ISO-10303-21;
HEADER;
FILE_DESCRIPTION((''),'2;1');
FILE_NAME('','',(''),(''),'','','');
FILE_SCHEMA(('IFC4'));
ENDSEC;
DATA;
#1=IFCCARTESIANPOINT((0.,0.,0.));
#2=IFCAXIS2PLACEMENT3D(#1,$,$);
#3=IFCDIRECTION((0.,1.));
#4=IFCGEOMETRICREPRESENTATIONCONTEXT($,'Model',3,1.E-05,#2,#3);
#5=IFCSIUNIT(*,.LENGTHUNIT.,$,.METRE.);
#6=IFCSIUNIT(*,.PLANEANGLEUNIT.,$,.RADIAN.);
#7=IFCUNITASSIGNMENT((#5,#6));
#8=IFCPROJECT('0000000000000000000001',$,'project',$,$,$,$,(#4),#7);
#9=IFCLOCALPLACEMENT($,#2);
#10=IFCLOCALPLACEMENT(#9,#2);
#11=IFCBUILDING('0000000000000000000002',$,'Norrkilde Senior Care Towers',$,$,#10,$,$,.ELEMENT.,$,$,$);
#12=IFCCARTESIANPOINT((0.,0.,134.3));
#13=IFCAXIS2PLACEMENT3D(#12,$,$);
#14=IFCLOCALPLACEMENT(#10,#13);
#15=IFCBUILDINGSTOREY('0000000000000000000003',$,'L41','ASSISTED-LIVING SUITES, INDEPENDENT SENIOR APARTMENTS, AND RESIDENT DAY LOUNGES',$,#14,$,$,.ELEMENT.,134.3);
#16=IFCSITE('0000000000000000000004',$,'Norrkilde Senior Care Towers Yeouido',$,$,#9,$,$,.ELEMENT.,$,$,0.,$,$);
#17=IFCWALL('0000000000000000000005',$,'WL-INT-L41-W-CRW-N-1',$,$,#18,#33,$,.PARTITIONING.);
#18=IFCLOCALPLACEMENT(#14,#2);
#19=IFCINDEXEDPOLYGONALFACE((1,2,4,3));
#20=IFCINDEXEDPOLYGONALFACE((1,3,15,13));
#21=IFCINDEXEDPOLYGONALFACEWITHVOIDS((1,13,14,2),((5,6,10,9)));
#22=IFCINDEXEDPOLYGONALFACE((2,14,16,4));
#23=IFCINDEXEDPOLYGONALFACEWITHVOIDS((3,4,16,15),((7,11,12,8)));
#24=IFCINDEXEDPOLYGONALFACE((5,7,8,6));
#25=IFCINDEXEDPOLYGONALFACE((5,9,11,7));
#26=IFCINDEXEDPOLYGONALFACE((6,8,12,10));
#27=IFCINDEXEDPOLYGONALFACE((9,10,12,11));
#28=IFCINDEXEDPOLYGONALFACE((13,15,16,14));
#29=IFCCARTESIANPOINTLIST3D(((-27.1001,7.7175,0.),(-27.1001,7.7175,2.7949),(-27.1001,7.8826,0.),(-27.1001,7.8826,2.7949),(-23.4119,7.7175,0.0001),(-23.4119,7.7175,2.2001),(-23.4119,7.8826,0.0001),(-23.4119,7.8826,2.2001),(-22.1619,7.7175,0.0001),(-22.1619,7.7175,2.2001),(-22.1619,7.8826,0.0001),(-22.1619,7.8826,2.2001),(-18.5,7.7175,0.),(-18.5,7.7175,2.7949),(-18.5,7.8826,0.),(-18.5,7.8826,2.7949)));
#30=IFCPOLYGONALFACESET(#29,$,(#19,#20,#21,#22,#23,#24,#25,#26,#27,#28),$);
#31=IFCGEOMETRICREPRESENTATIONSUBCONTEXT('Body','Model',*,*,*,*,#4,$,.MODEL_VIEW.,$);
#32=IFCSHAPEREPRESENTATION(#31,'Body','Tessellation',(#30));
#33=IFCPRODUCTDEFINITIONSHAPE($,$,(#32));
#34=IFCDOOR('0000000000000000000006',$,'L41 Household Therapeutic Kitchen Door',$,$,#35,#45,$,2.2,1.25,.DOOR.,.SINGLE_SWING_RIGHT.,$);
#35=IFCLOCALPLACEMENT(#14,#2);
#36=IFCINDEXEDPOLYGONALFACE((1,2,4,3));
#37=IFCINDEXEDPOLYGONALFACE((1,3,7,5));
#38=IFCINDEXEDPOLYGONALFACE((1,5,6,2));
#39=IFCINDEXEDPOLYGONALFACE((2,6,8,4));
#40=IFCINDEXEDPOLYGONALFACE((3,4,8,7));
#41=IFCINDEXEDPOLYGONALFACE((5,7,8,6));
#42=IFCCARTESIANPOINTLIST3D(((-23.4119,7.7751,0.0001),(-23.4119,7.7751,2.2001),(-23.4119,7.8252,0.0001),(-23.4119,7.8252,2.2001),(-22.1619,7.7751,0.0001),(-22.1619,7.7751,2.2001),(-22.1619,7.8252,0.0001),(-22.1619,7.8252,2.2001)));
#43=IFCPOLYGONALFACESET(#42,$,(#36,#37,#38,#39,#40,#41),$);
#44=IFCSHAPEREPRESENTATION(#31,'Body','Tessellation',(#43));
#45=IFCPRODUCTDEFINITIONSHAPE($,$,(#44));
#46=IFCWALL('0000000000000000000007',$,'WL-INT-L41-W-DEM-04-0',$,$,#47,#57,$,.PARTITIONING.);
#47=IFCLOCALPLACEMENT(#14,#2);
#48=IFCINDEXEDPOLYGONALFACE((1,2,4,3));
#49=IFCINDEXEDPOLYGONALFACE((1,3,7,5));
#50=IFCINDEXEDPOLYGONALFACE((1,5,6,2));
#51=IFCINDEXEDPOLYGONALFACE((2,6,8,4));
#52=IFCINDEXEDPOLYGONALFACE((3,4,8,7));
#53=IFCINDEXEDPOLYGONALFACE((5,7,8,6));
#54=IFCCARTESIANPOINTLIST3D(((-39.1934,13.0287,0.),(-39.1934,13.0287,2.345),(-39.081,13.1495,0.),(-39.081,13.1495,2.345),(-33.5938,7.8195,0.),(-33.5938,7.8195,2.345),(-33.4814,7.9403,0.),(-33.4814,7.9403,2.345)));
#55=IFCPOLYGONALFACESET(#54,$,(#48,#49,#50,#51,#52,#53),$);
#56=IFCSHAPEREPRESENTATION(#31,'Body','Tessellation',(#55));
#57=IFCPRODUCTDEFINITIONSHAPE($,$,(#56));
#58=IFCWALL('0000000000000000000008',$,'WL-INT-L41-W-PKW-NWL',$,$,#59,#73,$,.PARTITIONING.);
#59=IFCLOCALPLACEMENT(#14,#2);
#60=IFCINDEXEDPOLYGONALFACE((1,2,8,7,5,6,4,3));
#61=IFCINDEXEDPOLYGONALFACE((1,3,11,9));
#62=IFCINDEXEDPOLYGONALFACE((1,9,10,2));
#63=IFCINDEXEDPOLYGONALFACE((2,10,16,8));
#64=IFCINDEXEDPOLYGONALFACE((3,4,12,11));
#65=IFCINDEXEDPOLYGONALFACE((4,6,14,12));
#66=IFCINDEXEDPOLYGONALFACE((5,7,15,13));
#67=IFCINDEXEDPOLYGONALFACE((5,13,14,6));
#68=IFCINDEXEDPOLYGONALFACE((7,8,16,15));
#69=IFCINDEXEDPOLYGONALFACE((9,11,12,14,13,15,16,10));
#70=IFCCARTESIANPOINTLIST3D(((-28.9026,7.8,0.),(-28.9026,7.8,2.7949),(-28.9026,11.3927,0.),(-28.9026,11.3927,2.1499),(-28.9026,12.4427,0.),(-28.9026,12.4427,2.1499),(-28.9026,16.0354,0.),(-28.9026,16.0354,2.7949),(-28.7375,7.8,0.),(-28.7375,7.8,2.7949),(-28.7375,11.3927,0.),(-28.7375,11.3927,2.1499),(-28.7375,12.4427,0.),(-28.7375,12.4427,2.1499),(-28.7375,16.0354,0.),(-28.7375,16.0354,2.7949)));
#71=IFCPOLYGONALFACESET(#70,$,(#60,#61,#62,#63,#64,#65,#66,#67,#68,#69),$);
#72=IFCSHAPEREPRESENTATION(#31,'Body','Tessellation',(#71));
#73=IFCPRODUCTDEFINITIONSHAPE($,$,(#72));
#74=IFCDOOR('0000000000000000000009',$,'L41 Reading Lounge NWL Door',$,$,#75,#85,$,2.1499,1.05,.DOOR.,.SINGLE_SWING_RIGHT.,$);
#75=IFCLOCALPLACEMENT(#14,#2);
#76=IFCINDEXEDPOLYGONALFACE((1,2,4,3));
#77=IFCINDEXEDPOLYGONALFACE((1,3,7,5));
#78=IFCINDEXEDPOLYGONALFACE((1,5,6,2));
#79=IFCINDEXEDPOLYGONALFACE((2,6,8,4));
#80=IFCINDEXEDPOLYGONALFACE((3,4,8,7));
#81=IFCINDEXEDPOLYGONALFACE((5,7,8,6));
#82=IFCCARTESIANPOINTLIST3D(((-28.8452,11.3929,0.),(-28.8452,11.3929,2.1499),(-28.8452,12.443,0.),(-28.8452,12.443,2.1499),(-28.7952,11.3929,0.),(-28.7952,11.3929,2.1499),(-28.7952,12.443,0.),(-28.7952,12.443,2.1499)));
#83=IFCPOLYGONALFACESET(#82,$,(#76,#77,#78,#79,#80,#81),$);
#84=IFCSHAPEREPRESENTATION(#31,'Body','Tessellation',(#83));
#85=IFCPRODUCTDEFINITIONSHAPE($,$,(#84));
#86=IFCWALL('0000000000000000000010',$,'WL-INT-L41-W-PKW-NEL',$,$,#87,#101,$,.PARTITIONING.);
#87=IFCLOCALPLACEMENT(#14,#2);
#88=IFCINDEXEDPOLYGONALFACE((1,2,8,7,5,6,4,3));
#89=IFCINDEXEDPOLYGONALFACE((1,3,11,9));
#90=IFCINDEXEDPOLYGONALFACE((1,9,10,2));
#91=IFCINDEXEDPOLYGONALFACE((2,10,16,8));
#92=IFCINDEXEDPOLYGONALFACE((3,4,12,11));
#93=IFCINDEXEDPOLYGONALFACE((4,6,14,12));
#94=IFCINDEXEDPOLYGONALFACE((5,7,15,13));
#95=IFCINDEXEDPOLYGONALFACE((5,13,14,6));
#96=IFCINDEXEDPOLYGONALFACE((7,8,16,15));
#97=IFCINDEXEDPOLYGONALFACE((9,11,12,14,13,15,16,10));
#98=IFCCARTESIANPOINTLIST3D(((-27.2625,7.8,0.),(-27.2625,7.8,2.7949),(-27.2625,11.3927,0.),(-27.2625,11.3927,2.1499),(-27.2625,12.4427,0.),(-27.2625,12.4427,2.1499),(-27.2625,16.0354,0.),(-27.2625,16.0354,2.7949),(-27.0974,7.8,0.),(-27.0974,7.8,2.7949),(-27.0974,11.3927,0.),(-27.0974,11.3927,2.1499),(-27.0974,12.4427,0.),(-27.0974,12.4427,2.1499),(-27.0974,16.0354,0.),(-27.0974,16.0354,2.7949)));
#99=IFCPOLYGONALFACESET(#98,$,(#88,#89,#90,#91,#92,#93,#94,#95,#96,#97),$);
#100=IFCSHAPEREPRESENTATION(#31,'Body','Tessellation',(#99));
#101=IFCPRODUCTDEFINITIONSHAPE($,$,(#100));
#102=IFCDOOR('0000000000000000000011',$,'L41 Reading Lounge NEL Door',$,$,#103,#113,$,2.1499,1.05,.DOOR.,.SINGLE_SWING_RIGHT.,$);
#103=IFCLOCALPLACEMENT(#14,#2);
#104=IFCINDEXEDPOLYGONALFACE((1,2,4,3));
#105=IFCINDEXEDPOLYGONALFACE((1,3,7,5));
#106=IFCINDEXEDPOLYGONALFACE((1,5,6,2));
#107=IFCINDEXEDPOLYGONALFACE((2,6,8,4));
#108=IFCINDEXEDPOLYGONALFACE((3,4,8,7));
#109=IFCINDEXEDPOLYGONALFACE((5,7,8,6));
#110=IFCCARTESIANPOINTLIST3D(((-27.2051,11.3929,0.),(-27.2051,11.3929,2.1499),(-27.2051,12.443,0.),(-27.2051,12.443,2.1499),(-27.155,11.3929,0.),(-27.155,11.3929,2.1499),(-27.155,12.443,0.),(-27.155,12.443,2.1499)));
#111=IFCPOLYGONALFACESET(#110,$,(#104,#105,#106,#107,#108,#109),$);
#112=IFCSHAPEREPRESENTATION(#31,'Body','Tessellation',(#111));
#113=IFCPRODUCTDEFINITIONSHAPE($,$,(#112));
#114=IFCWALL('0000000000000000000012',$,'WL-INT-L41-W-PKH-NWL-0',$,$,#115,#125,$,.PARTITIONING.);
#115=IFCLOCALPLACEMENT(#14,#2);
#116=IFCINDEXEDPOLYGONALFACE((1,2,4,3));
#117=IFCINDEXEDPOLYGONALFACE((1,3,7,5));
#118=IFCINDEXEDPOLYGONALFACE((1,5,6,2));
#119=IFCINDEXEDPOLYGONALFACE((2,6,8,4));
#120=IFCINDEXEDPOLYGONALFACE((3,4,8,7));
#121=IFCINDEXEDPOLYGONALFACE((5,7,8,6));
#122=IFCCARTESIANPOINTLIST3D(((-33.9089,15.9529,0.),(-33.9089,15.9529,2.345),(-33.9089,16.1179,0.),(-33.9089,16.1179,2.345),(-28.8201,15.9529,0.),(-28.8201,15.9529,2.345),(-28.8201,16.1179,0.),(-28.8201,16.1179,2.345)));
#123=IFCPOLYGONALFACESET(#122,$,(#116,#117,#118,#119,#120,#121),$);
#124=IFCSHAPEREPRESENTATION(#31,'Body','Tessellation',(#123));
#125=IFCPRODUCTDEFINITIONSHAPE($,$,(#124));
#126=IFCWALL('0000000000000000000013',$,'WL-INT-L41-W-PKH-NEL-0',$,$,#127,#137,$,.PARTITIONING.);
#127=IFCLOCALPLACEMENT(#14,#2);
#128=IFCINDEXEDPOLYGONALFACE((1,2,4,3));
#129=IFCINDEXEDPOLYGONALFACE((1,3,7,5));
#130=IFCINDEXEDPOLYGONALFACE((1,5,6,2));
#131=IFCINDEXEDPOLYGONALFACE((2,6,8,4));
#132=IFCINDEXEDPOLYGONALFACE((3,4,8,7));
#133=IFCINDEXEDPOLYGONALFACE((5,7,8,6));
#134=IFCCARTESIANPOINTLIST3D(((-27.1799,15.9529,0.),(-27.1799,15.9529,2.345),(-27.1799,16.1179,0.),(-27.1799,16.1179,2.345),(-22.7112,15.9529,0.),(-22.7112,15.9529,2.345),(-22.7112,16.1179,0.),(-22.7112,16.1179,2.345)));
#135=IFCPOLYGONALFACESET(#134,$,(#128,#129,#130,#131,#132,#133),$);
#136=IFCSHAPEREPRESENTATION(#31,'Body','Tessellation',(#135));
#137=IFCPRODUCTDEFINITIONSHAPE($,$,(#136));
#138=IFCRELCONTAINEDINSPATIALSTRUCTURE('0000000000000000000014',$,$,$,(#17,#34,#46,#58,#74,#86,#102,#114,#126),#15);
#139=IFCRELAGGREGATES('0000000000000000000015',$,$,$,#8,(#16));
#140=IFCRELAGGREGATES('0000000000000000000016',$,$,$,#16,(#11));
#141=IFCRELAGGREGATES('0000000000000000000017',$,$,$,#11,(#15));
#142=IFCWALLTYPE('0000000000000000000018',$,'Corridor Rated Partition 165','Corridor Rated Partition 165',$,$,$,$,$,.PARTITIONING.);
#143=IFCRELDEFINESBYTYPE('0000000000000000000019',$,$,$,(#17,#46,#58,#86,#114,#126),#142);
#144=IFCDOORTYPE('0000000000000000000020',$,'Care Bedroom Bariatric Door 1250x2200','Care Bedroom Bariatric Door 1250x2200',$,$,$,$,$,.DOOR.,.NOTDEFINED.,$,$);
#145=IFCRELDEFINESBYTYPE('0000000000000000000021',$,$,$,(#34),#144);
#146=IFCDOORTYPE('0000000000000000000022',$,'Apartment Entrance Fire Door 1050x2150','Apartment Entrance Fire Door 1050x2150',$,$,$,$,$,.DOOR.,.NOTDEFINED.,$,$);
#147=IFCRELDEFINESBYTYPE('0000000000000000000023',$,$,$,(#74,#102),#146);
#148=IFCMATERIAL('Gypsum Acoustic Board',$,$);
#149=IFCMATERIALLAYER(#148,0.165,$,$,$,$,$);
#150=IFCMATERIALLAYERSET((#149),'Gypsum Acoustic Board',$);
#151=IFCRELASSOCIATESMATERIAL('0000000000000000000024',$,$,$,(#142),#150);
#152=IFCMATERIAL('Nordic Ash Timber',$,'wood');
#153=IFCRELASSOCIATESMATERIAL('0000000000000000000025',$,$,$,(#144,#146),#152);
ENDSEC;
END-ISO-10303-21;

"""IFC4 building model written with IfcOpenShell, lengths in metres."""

from ifc_helpers import new_model, si_unit, direction, frame, frame_2d, origin, place, context, subcontext, project, spatial, rectangle, extrude, source, transform, mapped, material, layer, layer_set, type_object, type_shapes, element, fill, save


model = new_model("IFC4")

# Units and contexts
model_context = context("Model", 3, precision=1e-05, world=origin(), true_north=direction((0.0, 1.0)))
body_context = subcontext(model_context, "Body", "Model", "MODEL_VIEW")
ifc_project = project(units=[si_unit("LENGTHUNIT", "METRE"), si_unit("PLANEANGLEUNIT", "RADIAN")], contexts=[model_context])

# Site, building, storey
site_placement = place(None, origin())
site = spatial("IfcSite", under=ifc_project, at=site_placement, Name="Norrkilde Senior Care Towers Yeouido", CompositionType="ELEMENT", RefElevation=0.0)
building_placement = place(site_placement, origin())
building = spatial("IfcBuilding", under=site, at=building_placement, Name="Norrkilde Senior Care Towers", CompositionType="ELEMENT")
storey_placement = place(building_placement, frame((0.0, 0.0, 134.3)))
storey = spatial("IfcBuildingStorey", under=building, at=storey_placement, Name="L41", Description="ASSISTED-LIVING SUITES, INDEPENDENT SENIOR APARTMENTS, AND RESIDENT DAY LOUNGES", CompositionType="ELEMENT", Elevation=134.3)

# Wall, opening, door
ifc_material_1 = material(Name="Gypsum Acoustic Board")
ifc_layer_1 = layer(ifc_material_1, 0.165)
ifc_layer_set_1 = layer_set([ifc_layer_1], Name="Gypsum Acoustic Board")
wall_type = type_object("IfcWallType", Name="Corridor Rated Partition 165", Description="Corridor Rated Partition 165", PredefinedType="PARTITIONING", material=ifc_layer_set_1)
shared_shape_1 = source(origin(), body_context, "Body", "SweptSolid", [
    extrude(rectangle(XDim=8.6001, YDim=0.165, at=frame_2d((4.3, 0.0))), origin(), (0.0, 0.0, 1.0), 2.7949),
])
ifc_material_2 = material(Name="Nordic Ash Timber", Category="wood")
door_type_1 = type_object("IfcDoorType", Name="Care Bedroom Bariatric Door 1250x2200", Description="Care Bedroom Bariatric Door 1250x2200", OperationType="NOTDEFINED", PredefinedType="DOOR", material=ifc_material_2)
shared_shape_2 = source(origin(), body_context, "Body", "SweptSolid", [
    extrude(rectangle(XDim=1.25, YDim=2.2, at=frame_2d((0.625, 1.1001))), frame((0.0, 0.0249, 0.0), z_axis=(0.0, -1.0, 0.0), x_axis=(1.0, 0.0, 0.0)), (0.0, 0.0, 1.0), 0.05),
])
type_shapes(door_type_1, [shared_shape_2])
wall_1_placement = place(storey_placement, frame((-27.1001, 7.8, 0.0), z_axis=(0.0, 0.0, 1.0), x_axis=(1.0, 0.0, 0.0)))
wall_1 = element("IfcWall", 1, at=wall_1_placement, inside=storey, type_object=wall_type, Name="WL-INT-L41-W-CRW-N-1", PredefinedType="PARTITIONING", context=body_context, shape_type="MappedRepresentation", body=[
    mapped(shared_shape_1, transform((0.0, 0.0, 0.0), x_axis=(1.0, 0.0, 0.0), y_axis=(0.0, 1.0, 0.0), z_axis=(0.0, 0.0, 1.0), scale=1.0)),
])
opening_1_placement = place(wall_1_placement, frame((3.6882, 0.0, 0.0)))
opening_1 = element("IfcOpeningElement", 2, at=opening_1_placement, cuts=wall_1, PredefinedType="OPENING", context=body_context, shape_type="SweptSolid", body=[
    extrude(rectangle(XDim=1.25, YDim=2.2, at=frame_2d((0.625, 1.1001))), frame((0.0, 0.0925, 0.0), z_axis=(0.0, -1.0, 0.0), x_axis=(1.0, 0.0, 0.0)), (0.0, 0.0, 1.0), 0.1851),
])
door_1_placement = place(opening_1_placement, frame((1.25, 0.0, 0.0), z_axis=(0.0, 0.0, 1.0), x_axis=(-1.0, 0.0, 0.0)))
door_1 = element("IfcDoor", 3, at=door_1_placement, inside=storey, type_object=door_type_1, Name="L41 Household Therapeutic Kitchen Door", OperationType="SINGLE_SWING_RIGHT", OverallHeight=2.2, OverallWidth=1.25, PredefinedType="DOOR", context=body_context, shape_type="MappedRepresentation", body=[
    mapped(shared_shape_2, transform((0.0, 0.0, 0.0), x_axis=(1.0, 0.0, 0.0), y_axis=(0.0, 1.0, 0.0), z_axis=(0.0, 0.0, 1.0), scale=1.0)),
])
fill(opening_1, door_1)

# Wall
shared_shape_3 = source(origin(), body_context, "Body", "SweptSolid", [
    extrude(rectangle(XDim=7.6479, YDim=0.165, at=frame_2d((3.824, 0.0))), origin(), (0.0, 0.0, 1.0), 2.345),
])
wall_2_placement = place(storey_placement, frame((-33.5376, 7.8799, 0.0), z_axis=(0.0, 0.0, 1.0), x_axis=(-0.732168, 0.681124, 0.0)))
element("IfcWall", 4, at=wall_2_placement, inside=storey, type_object=wall_type, Name="WL-INT-L41-W-DEM-04-0", PredefinedType="PARTITIONING", context=body_context, shape_type="MappedRepresentation", body=[
    mapped(shared_shape_3, transform((0.0, 0.0, 0.0), x_axis=(1.0, 0.0, 0.0), y_axis=(0.0, 1.0, 0.0), z_axis=(0.0, 0.0, 1.0), scale=1.0)),
])

# Walls, openings, doors
shared_shape_4 = source(origin(), body_context, "Body", "SweptSolid", [
    extrude(rectangle(XDim=8.2354, YDim=0.165, at=frame_2d((4.1177, 0.0))), origin(), (0.0, 0.0, 1.0), 2.7949),
])
wall_3_placement = place(storey_placement, frame((-28.8201, 7.8, 0.0), z_axis=(0.0, 0.0, 1.0), x_axis=(0.0, 1.0, 0.0)))
wall_3 = element("IfcWall", 5, at=wall_3_placement, inside=storey, type_object=wall_type, Name="WL-INT-L41-W-PKW-NWL", PredefinedType="PARTITIONING", context=body_context, shape_type="MappedRepresentation", body=[
    mapped(shared_shape_4, transform((0.0, 0.0, 0.0), x_axis=(1.0, 0.0, 0.0), y_axis=(0.0, 1.0, 0.0), z_axis=(0.0, 0.0, 1.0), scale=1.0)),
])
opening_2_placement = place(wall_3_placement, frame((3.5928, 0.0, 0.0)))
opening_2 = element("IfcOpeningElement", 6, at=opening_2_placement, cuts=wall_3, PredefinedType="OPENING", context=body_context, shape_type="SweptSolid", body=[
    extrude(rectangle(XDim=1.05, YDim=2.1499, at=frame_2d((0.5249, 1.075))), frame((0.0, 0.0925, 0.0), z_axis=(0.0, -1.0, 0.0), x_axis=(1.0, 0.0, 0.0)), (0.0, 0.0, 1.0), 0.1851),
])
door_type_2 = type_object("IfcDoorType", Name="Apartment Entrance Fire Door 1050x2150", Description="Apartment Entrance Fire Door 1050x2150", OperationType="NOTDEFINED", PredefinedType="DOOR", material=ifc_material_2)
shared_shape_5 = source(origin(), body_context, "Body", "SweptSolid", [
    extrude(rectangle(XDim=1.05, YDim=2.1499, at=frame_2d((0.5249, 1.075))), frame((0.0, 0.0249, 0.0), z_axis=(0.0, -1.0, 0.0), x_axis=(1.0, 0.0, 0.0)), (0.0, 0.0, 1.0), 0.05),
])
type_shapes(door_type_2, [shared_shape_5])
door_2_placement = place(opening_2_placement, frame((1.05, 0.0, 0.0), z_axis=(0.0, 0.0, 1.0), x_axis=(-1.0, 0.0, 0.0)))
door_2 = element("IfcDoor", 7, at=door_2_placement, inside=storey, type_object=door_type_2, Name="L41 Reading Lounge NWL Door", OperationType="SINGLE_SWING_RIGHT", OverallHeight=2.1499, OverallWidth=1.05, PredefinedType="DOOR", context=body_context, shape_type="MappedRepresentation", body=[
    mapped(shared_shape_5, transform((0.0, 0.0, 0.0), x_axis=(1.0, 0.0, 0.0), y_axis=(0.0, 1.0, 0.0), z_axis=(0.0, 0.0, 1.0), scale=1.0)),
])
fill(opening_2, door_2)
wall_4_placement = place(storey_placement, frame((-27.1799, 7.8, 0.0), z_axis=(0.0, 0.0, 1.0), x_axis=(0.0, 1.0, 0.0)))
wall_4 = element("IfcWall", 8, at=wall_4_placement, inside=storey, type_object=wall_type, Name="WL-INT-L41-W-PKW-NEL", PredefinedType="PARTITIONING", context=body_context, shape_type="MappedRepresentation", body=[
    mapped(shared_shape_4, transform((0.0, 0.0, 0.0), x_axis=(1.0, 0.0, 0.0), y_axis=(0.0, 1.0, 0.0), z_axis=(0.0, 0.0, 1.0), scale=1.0)),
])
opening_3_placement = place(wall_4_placement, frame((3.5928, 0.0, 0.0)))
opening_3 = element("IfcOpeningElement", 9, at=opening_3_placement, cuts=wall_4, PredefinedType="OPENING", context=body_context, shape_type="SweptSolid", body=[
    extrude(rectangle(XDim=1.05, YDim=2.1499, at=frame_2d((0.5249, 1.075))), frame((0.0, 0.0925, 0.0), z_axis=(0.0, -1.0, 0.0), x_axis=(1.0, 0.0, 0.0)), (0.0, 0.0, 1.0), 0.1851),
])
door_3_placement = place(opening_3_placement, frame((1.05, 0.0, 0.0), z_axis=(0.0, 0.0, 1.0), x_axis=(-1.0, 0.0, 0.0)))
door_3 = element("IfcDoor", 10, at=door_3_placement, inside=storey, type_object=door_type_2, Name="L41 Reading Lounge NEL Door", OperationType="SINGLE_SWING_RIGHT", OverallHeight=2.1499, OverallWidth=1.05, PredefinedType="DOOR", context=body_context, shape_type="MappedRepresentation", body=[
    mapped(shared_shape_5, transform((0.0, 0.0, 0.0), x_axis=(1.0, 0.0, 0.0), y_axis=(0.0, 1.0, 0.0), z_axis=(0.0, 0.0, 1.0), scale=1.0)),
])
fill(opening_3, door_3)

# Walls
shared_shape_6 = source(origin(), body_context, "Body", "SweptSolid", [
    extrude(rectangle(XDim=5.0889, YDim=0.165, at=frame_2d((2.5444, 0.0))), origin(), (0.0, 0.0, 1.0), 2.345),
])
wall_5_placement = place(storey_placement, frame((-33.9089, 16.0354, 0.0), z_axis=(0.0, 0.0, 1.0), x_axis=(1.0, 0.0, 0.0)))
element("IfcWall", 11, at=wall_5_placement, inside=storey, type_object=wall_type, Name="WL-INT-L41-W-PKH-NWL-0", PredefinedType="PARTITIONING", context=body_context, shape_type="MappedRepresentation", body=[
    mapped(shared_shape_6, transform((0.0, 0.0, 0.0), x_axis=(1.0, 0.0, 0.0), y_axis=(0.0, 1.0, 0.0), z_axis=(0.0, 0.0, 1.0), scale=1.0)),
])
shared_shape_7 = source(origin(), body_context, "Body", "SweptSolid", [
    extrude(rectangle(XDim=4.4688, YDim=0.165, at=frame_2d((2.2344, 0.0))), origin(), (0.0, 0.0, 1.0), 2.345),
])
type_shapes(wall_type, [shared_shape_1, shared_shape_3, shared_shape_4, shared_shape_6, shared_shape_7])
wall_6_placement = place(storey_placement, frame((-27.1799, 16.0354, 0.0), z_axis=(0.0, 0.0, 1.0), x_axis=(1.0, 0.0, 0.0)))
element("IfcWall", 12, at=wall_6_placement, inside=storey, type_object=wall_type, Name="WL-INT-L41-W-PKH-NEL-0", PredefinedType="PARTITIONING", context=body_context, shape_type="MappedRepresentation", body=[
    mapped(shared_shape_7, transform((0.0, 0.0, 0.0), x_axis=(1.0, 0.0, 0.0), y_axis=(0.0, 1.0, 0.0), z_axis=(0.0, 0.0, 1.0), scale=1.0)),
])

save(model, "model.ifc")
